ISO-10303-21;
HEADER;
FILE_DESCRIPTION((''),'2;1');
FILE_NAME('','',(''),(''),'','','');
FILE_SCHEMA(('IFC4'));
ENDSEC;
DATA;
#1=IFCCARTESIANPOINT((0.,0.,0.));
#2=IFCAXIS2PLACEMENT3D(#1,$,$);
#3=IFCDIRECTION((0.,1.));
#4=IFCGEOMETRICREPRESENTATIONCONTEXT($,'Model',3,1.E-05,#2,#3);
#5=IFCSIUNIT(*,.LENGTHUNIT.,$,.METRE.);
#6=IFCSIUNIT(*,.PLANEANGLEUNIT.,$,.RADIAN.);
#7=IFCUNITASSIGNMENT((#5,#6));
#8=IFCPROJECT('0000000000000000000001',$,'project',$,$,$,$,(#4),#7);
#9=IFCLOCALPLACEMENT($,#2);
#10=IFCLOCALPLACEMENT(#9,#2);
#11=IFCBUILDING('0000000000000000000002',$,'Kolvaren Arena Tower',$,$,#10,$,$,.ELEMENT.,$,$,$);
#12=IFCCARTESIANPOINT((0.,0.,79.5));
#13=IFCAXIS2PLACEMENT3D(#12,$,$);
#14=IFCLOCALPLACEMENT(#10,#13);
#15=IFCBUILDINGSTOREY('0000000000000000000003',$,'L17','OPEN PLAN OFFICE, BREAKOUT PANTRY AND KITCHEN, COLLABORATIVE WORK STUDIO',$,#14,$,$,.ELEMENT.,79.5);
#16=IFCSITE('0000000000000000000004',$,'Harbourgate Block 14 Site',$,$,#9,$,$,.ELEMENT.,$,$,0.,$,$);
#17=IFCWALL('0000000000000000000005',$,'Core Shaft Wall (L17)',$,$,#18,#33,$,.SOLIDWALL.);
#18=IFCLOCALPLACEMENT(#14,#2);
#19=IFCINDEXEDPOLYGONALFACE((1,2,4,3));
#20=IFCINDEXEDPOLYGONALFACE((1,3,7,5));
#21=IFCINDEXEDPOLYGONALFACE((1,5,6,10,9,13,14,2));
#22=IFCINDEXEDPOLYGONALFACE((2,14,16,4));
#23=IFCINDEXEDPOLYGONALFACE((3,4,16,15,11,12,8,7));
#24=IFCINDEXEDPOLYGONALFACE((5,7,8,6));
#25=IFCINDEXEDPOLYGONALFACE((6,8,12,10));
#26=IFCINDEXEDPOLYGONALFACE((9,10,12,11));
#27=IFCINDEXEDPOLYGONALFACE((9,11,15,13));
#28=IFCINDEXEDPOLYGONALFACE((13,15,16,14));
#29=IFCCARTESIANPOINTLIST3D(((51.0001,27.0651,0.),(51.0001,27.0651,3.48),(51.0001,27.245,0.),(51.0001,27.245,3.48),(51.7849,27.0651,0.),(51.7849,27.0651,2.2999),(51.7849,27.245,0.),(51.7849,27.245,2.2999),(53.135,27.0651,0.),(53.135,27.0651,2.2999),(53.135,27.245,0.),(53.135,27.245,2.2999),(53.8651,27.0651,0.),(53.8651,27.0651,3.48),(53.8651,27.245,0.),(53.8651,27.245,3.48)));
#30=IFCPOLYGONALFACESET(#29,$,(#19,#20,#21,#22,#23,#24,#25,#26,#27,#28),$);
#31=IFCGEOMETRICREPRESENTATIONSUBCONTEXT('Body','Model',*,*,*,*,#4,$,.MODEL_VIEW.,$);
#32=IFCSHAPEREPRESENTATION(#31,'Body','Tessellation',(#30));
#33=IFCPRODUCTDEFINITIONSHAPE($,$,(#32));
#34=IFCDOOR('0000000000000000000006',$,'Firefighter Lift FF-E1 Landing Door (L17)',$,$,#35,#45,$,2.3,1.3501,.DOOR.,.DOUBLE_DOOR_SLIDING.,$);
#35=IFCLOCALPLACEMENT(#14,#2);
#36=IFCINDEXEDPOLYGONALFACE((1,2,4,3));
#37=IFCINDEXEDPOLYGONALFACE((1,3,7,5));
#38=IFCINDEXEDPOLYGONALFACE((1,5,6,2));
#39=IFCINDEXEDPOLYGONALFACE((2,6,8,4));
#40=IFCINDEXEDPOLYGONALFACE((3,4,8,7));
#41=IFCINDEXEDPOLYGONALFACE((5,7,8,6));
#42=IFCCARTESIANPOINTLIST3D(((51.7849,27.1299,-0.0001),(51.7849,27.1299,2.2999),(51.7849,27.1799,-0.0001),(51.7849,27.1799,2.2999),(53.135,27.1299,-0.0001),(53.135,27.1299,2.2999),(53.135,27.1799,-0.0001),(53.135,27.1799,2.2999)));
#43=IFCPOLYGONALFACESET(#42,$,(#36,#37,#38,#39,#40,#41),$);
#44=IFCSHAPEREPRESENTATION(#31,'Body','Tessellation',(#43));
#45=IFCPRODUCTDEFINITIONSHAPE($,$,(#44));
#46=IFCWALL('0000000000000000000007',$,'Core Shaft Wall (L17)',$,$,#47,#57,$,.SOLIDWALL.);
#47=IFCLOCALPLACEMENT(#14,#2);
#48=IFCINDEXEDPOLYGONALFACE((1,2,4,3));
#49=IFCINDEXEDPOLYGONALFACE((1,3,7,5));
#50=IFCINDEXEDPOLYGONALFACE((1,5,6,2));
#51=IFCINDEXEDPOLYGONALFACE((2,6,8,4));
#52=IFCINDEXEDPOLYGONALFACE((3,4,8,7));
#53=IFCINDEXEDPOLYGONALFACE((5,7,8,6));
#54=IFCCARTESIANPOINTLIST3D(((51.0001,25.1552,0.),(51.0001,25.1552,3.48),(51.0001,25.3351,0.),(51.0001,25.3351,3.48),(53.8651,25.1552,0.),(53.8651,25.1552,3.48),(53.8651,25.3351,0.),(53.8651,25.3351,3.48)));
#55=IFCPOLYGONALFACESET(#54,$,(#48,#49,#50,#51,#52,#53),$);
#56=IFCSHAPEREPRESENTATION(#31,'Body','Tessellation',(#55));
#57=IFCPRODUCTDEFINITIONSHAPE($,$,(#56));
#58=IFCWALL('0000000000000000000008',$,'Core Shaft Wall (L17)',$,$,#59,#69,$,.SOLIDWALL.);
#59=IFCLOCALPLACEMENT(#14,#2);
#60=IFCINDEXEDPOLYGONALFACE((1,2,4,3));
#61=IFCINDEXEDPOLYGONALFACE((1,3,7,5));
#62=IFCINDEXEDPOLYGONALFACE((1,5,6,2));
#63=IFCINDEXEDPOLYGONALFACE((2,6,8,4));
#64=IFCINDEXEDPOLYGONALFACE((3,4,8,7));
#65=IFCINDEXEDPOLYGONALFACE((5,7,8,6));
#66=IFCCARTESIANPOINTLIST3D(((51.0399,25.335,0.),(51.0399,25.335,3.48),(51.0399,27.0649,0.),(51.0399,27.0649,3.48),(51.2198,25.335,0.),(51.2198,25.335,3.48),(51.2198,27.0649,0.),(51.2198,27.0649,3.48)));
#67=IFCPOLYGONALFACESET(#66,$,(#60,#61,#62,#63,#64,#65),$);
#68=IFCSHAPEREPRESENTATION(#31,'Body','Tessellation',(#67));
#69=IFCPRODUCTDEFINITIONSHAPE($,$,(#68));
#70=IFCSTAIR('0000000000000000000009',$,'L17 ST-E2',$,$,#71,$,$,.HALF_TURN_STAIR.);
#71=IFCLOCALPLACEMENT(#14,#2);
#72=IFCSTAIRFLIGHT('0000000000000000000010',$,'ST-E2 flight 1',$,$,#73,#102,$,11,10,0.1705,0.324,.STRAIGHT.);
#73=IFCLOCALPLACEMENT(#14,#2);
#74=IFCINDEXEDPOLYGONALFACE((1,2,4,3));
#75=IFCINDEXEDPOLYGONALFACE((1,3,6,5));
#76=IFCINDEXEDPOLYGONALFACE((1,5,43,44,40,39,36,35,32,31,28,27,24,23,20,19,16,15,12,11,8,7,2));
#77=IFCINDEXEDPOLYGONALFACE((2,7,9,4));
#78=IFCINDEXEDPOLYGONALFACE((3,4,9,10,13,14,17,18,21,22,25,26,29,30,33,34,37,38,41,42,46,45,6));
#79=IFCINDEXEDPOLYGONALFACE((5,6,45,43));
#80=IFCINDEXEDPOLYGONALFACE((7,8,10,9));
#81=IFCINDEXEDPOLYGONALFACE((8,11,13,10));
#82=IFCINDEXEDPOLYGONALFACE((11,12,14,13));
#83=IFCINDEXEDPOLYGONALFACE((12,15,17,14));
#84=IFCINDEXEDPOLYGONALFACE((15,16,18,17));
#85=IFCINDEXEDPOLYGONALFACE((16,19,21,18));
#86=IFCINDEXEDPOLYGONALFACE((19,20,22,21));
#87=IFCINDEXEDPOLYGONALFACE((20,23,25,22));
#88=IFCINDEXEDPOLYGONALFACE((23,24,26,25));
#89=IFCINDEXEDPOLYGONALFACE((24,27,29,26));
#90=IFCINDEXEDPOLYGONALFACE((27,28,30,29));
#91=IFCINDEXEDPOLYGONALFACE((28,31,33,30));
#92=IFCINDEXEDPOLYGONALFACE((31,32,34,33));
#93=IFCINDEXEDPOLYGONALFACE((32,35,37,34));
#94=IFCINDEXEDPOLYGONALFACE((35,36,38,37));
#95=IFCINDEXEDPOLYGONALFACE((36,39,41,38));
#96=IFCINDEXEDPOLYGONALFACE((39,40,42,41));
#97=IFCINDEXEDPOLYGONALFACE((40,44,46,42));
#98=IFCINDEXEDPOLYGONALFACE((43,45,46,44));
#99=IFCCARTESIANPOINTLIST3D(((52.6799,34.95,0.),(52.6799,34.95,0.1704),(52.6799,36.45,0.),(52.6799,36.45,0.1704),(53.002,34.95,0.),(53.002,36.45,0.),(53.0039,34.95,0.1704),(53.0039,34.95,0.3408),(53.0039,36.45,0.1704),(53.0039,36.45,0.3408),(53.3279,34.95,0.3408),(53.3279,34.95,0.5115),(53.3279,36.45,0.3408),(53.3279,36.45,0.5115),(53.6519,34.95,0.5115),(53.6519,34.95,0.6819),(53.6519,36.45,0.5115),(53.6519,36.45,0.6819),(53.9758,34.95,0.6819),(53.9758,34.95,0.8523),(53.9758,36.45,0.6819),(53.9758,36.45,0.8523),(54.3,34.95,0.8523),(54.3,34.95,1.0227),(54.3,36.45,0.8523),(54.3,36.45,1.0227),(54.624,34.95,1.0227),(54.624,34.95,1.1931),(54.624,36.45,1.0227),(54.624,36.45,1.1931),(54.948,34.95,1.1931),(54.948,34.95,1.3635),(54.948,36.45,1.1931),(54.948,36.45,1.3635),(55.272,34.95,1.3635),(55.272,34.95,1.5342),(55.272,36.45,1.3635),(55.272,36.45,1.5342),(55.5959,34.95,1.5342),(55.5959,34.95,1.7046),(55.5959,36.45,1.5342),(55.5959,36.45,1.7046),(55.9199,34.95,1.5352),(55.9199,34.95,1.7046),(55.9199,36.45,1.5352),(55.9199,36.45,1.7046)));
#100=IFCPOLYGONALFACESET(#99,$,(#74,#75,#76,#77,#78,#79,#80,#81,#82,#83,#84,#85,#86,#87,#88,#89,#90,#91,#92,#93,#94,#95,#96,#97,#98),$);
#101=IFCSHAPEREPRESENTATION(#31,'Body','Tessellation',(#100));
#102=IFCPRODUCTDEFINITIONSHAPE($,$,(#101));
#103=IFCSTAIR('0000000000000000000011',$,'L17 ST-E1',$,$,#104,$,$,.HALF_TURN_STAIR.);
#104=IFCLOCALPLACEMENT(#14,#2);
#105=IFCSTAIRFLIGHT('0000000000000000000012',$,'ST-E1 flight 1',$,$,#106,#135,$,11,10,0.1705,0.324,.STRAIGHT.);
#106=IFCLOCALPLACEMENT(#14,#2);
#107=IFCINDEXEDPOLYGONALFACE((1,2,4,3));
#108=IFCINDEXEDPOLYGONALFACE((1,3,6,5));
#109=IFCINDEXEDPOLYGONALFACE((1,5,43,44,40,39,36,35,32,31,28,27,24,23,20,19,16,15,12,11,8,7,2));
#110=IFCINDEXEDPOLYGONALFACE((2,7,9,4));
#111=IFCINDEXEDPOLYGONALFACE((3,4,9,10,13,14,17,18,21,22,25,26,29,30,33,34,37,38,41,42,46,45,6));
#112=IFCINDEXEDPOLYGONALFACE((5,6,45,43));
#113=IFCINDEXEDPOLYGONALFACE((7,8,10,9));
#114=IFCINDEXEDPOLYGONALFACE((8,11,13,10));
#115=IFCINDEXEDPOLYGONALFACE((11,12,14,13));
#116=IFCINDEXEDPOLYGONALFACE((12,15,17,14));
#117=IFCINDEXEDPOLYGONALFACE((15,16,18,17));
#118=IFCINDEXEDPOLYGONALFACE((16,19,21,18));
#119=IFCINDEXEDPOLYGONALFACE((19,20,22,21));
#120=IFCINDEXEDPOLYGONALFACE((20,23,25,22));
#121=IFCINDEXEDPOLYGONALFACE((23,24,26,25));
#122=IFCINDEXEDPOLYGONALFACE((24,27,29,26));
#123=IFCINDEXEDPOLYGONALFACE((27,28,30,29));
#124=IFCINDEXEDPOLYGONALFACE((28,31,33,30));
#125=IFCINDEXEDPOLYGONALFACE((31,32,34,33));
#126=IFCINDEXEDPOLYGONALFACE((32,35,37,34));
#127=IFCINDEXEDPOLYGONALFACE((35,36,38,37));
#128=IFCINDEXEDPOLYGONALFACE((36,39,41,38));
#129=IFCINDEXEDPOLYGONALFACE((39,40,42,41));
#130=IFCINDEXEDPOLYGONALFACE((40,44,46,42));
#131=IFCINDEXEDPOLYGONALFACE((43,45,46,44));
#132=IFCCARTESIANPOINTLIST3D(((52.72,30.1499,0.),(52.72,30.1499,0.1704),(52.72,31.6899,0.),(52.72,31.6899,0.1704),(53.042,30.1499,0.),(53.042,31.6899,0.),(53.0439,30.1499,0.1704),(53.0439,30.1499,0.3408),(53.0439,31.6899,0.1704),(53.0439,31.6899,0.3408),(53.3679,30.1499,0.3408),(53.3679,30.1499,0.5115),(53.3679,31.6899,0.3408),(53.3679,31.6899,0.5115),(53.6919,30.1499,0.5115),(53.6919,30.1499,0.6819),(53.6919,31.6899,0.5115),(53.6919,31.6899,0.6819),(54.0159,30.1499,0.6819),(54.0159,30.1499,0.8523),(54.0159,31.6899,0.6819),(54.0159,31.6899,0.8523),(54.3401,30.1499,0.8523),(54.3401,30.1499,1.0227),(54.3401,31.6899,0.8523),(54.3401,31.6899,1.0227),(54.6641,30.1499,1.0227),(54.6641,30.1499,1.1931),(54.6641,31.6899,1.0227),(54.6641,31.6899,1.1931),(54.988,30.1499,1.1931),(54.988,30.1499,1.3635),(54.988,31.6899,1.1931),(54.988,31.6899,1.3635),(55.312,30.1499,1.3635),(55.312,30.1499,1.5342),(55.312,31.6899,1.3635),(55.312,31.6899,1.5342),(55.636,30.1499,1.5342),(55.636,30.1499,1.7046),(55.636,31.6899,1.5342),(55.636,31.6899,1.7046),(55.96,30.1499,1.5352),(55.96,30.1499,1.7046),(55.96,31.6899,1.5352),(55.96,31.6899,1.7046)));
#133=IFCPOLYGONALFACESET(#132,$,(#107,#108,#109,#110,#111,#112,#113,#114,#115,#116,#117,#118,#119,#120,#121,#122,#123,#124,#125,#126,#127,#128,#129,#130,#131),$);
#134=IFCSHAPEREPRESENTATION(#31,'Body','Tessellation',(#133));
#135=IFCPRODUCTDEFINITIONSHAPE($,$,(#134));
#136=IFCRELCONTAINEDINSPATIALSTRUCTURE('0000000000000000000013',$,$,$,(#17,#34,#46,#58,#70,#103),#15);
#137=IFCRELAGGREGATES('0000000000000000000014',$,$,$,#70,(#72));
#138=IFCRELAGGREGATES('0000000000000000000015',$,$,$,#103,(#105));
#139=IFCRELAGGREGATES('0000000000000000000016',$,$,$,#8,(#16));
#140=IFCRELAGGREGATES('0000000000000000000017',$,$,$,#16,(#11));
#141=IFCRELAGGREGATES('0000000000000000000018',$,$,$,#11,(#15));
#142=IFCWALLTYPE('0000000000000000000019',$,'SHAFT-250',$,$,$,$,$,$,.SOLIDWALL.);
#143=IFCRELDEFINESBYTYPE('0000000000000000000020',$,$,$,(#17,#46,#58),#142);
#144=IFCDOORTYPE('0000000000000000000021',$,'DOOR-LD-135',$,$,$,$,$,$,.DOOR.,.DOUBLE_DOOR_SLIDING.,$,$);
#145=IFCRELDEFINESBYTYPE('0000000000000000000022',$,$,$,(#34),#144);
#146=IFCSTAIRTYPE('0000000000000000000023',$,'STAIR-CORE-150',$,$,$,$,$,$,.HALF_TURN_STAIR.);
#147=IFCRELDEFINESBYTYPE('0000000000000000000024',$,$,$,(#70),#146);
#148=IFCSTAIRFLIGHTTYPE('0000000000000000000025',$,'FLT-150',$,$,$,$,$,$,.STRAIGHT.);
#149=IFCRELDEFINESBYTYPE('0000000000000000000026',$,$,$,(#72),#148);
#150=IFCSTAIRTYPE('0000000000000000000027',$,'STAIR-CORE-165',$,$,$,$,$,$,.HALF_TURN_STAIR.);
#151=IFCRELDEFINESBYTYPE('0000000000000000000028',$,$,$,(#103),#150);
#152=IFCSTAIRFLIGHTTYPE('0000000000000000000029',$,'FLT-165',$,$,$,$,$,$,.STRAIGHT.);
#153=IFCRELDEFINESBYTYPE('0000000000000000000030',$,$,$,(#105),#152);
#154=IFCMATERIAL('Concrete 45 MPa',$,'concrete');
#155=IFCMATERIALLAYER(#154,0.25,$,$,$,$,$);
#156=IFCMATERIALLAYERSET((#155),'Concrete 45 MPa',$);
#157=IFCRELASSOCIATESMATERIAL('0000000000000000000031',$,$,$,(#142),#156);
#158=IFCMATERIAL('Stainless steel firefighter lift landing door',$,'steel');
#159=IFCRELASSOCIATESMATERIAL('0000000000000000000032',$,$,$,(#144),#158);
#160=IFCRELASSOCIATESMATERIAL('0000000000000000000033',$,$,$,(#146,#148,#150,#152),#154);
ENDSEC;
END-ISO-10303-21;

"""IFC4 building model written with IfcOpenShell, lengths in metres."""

from ifc_helpers import new_model, si_unit, direction, frame, frame_2d, origin, place, context, subcontext, project, spatial, polyline, rectangle, outline, extrude, material, layer, layer_set, type_object, element, fill, aggregate, save


model = new_model("IFC4")

# Units and contexts
model_context = context("Model", 3, precision=1e-05, world=origin(), true_north=direction((0.0, 1.0)))
body_context = subcontext(model_context, "Body", "Model", "MODEL_VIEW")
ifc_project = project(units=[si_unit("LENGTHUNIT", "METRE"), si_unit("PLANEANGLEUNIT", "RADIAN")], contexts=[model_context])

# Site, building, storey
site_placement = place(None, origin())
site = spatial("IfcSite", under=ifc_project, at=site_placement, Name="Harbourgate Block 14 Site", CompositionType="ELEMENT", RefElevation=0.0)
building_placement = place(site_placement, origin())
building = spatial("IfcBuilding", under=site, at=building_placement, Name="Kolvaren Arena Tower", CompositionType="ELEMENT")
storey_placement = place(building_placement, frame((0.0, 0.0, 79.5)))
storey = spatial("IfcBuildingStorey", under=building, at=storey_placement, Name="L17", Description="OPEN PLAN OFFICE, BREAKOUT PANTRY AND KITCHEN, COLLABORATIVE WORK STUDIO", CompositionType="ELEMENT", Elevation=79.5)

# Shared definitions
ifc_material_1 = material(Name="Concrete 45 MPa", Category="concrete")
ifc_layer = layer(ifc_material_1, 0.25)
ifc_layer_set = layer_set([ifc_layer], Name="Concrete 45 MPa")
wall_type = type_object("IfcWallType", Name="SHAFT-250", PredefinedType="SOLIDWALL", material=ifc_layer_set)

# Wall, opening, door
wall_1_placement = place(storey_placement, frame((51.0, 27.155, 0.0), z_axis=(0.0, 0.0, 1.0), x_axis=(1.0, 0.0, 0.0)))
wall_1 = element("IfcWall", 1, at=wall_1_placement, inside=storey, type_object=wall_type, Name="Core Shaft Wall (L17)", PredefinedType="SOLIDWALL", context=body_context, shape_type="SweptSolid", body=[
    extrude(rectangle(XDim=2.865, YDim=0.1799, at=frame_2d((1.4326, 0.0))), origin(), (0.0, 0.0, 1.0), 3.48),
])
opening_placement = place(wall_1_placement, frame((0.7849, 0.0, 0.0)))
opening = element("IfcOpeningElement", 2, at=opening_placement, cuts=wall_1, PredefinedType="OPENING", context=body_context, shape_type="SweptSolid", body=[
    extrude(rectangle(XDim=1.3501, YDim=2.3, at=frame_2d((0.675, 1.1499))), frame((0.0, 0.0999, 0.0), z_axis=(0.0, -1.0, 0.0), x_axis=(1.0, 0.0, 0.0)), (0.0, 0.0, 1.0), 0.2),
])
ifc_material_2 = material(Name="Stainless steel firefighter lift landing door", Category="steel")
door_type = type_object("IfcDoorType", Name="DOOR-LD-135", OperationType="DOUBLE_DOOR_SLIDING", PredefinedType="DOOR", material=ifc_material_2)
door_placement = place(opening_placement, origin())
door = element("IfcDoor", 3, at=door_placement, inside=storey, type_object=door_type, Name="Firefighter Lift FF-E1 Landing Door (L17)", OperationType="DOUBLE_DOOR_SLIDING", OverallHeight=2.3, OverallWidth=1.3501, PredefinedType="DOOR", context=body_context, shape_type="SweptSolid", body=[
    extrude(rectangle(XDim=1.3501, YDim=2.3, at=frame_2d((0.675, 1.1499))), frame((0.0, 0.0249, 0.0), z_axis=(0.0, -1.0, 0.0), x_axis=(1.0, 0.0, 0.0)), (0.0, 0.0, 1.0), 0.05),
])
fill(opening, door)

# Walls
wall_2_placement = place(storey_placement, frame((51.0, 25.2451, 0.0), z_axis=(0.0, 0.0, 1.0), x_axis=(1.0, 0.0, 0.0)))
element("IfcWall", 4, at=wall_2_placement, inside=storey, type_object=wall_type, Name="Core Shaft Wall (L17)", PredefinedType="SOLIDWALL", context=body_context, shape_type="SweptSolid", body=[
    extrude(rectangle(XDim=2.865, YDim=0.1799, at=frame_2d((1.4326, 0.0))), origin(), (0.0, 0.0, 1.0), 3.48),
])
wall_3_placement = place(storey_placement, frame((51.1299, 25.335, 0.0), z_axis=(0.0, 0.0, 1.0), x_axis=(0.0, 1.0, 0.0)))
element("IfcWall", 5, at=wall_3_placement, inside=storey, type_object=wall_type, Name="Core Shaft Wall (L17)", PredefinedType="SOLIDWALL", context=body_context, shape_type="SweptSolid", body=[
    extrude(rectangle(XDim=1.73, YDim=0.1799, at=frame_2d((0.865, 0.0))), origin(), (0.0, 0.0, 1.0), 3.48),
])

# Stairs, stair flights
stair_type_1 = type_object("IfcStairType", Name="STAIR-CORE-150", PredefinedType="HALF_TURN_STAIR", material=ifc_material_1)
stair_1_placement = place(storey_placement, origin())
stair_1 = element("IfcStair", 6, at=stair_1_placement, inside=storey, type_object=stair_type_1, Name="L17 ST-E2", PredefinedType="HALF_TURN_STAIR")
stair_flight_type_1 = type_object("IfcStairFlightType", Name="FLT-150", PredefinedType="STRAIGHT", material=ifc_material_1)
stair_flight_1_placement = place(storey_placement, frame((52.6799, 35.7, 0.0), z_axis=(0.0, 0.0, 1.0), x_axis=(1.0, 0.0, 0.0)))
stair_flight_1 = element("IfcStairFlight", 7, at=stair_flight_1_placement, type_object=stair_flight_type_1, Name="ST-E2 flight 1", NumberOfRisers=11, NumberOfTreads=10, PredefinedType="STRAIGHT", RiserHeight=0.1705, TreadLength=0.324, context=body_context, shape_type="SweptSolid", body=[
    extrude(outline(polyline([(0.0, 0.0), (0.0, 0.1704), (0.324, 0.1704), (0.324, 0.3408), (0.6479, 0.3408), (0.6479, 0.5115), (0.9719, 0.5115), (0.9719, 0.6819), (1.2959, 0.6819), (1.2959, 0.8523), (1.6201, 0.8523), (1.6201, 1.0227), (1.9441, 1.0227), (1.9441, 1.1931), (2.2681, 1.1931), (2.2681, 1.3635), (2.592, 1.3635), (2.592, 1.5342), (2.916, 1.5342), (2.916, 1.7046), (3.24, 1.7046), (3.24, 1.875), (3.24, 1.5352), (0.322, 0.0), (0.0, 0.0)])), frame((0.0, 0.75, 0.0), z_axis=(0.0, -1.0, 0.0), x_axis=(1.0, 0.0, 0.0)), (0.0, 0.0, 1.0), 1.5),
])
aggregate(stair_1, [stair_flight_1])
stair_type_2 = type_object("IfcStairType", Name="STAIR-CORE-165", PredefinedType="HALF_TURN_STAIR", material=ifc_material_1)
stair_2_placement = place(storey_placement, origin())
stair_2 = element("IfcStair", 8, at=stair_2_placement, inside=storey, type_object=stair_type_2, Name="L17 ST-E1", PredefinedType="HALF_TURN_STAIR")
stair_flight_type_2 = type_object("IfcStairFlightType", Name="FLT-165", PredefinedType="STRAIGHT", material=ifc_material_1)
stair_flight_2_placement = place(storey_placement, frame((52.72, 30.9199, 0.0), z_axis=(0.0, 0.0, 1.0), x_axis=(1.0, 0.0, 0.0)))
stair_flight_2 = element("IfcStairFlight", 9, at=stair_flight_2_placement, type_object=stair_flight_type_2, Name="ST-E1 flight 1", NumberOfRisers=11, NumberOfTreads=10, PredefinedType="STRAIGHT", RiserHeight=0.1705, TreadLength=0.324, context=body_context, shape_type="SweptSolid", body=[
    extrude(outline(polyline([(0.0, 0.0), (0.0, 0.1704), (0.324, 0.1704), (0.324, 0.3408), (0.6479, 0.3408), (0.6479, 0.5115), (0.9719, 0.5115), (0.9719, 0.6819), (1.2959, 0.6819), (1.2959, 0.8523), (1.6201, 0.8523), (1.6201, 1.0227), (1.9441, 1.0227), (1.9441, 1.1931), (2.2681, 1.1931), (2.2681, 1.3635), (2.592, 1.3635), (2.592, 1.5342), (2.916, 1.5342), (2.916, 1.7046), (3.24, 1.7046), (3.24, 1.875), (3.24, 1.5352), (0.322, 0.0), (0.0, 0.0)])), frame((0.0, 0.77, 0.0), z_axis=(0.0, -1.0, 0.0), x_axis=(1.0, 0.0, 0.0)), (0.0, 0.0, 1.0), 1.54),
])
aggregate(stair_2, [stair_flight_2])

save(model, "model.ifc")
